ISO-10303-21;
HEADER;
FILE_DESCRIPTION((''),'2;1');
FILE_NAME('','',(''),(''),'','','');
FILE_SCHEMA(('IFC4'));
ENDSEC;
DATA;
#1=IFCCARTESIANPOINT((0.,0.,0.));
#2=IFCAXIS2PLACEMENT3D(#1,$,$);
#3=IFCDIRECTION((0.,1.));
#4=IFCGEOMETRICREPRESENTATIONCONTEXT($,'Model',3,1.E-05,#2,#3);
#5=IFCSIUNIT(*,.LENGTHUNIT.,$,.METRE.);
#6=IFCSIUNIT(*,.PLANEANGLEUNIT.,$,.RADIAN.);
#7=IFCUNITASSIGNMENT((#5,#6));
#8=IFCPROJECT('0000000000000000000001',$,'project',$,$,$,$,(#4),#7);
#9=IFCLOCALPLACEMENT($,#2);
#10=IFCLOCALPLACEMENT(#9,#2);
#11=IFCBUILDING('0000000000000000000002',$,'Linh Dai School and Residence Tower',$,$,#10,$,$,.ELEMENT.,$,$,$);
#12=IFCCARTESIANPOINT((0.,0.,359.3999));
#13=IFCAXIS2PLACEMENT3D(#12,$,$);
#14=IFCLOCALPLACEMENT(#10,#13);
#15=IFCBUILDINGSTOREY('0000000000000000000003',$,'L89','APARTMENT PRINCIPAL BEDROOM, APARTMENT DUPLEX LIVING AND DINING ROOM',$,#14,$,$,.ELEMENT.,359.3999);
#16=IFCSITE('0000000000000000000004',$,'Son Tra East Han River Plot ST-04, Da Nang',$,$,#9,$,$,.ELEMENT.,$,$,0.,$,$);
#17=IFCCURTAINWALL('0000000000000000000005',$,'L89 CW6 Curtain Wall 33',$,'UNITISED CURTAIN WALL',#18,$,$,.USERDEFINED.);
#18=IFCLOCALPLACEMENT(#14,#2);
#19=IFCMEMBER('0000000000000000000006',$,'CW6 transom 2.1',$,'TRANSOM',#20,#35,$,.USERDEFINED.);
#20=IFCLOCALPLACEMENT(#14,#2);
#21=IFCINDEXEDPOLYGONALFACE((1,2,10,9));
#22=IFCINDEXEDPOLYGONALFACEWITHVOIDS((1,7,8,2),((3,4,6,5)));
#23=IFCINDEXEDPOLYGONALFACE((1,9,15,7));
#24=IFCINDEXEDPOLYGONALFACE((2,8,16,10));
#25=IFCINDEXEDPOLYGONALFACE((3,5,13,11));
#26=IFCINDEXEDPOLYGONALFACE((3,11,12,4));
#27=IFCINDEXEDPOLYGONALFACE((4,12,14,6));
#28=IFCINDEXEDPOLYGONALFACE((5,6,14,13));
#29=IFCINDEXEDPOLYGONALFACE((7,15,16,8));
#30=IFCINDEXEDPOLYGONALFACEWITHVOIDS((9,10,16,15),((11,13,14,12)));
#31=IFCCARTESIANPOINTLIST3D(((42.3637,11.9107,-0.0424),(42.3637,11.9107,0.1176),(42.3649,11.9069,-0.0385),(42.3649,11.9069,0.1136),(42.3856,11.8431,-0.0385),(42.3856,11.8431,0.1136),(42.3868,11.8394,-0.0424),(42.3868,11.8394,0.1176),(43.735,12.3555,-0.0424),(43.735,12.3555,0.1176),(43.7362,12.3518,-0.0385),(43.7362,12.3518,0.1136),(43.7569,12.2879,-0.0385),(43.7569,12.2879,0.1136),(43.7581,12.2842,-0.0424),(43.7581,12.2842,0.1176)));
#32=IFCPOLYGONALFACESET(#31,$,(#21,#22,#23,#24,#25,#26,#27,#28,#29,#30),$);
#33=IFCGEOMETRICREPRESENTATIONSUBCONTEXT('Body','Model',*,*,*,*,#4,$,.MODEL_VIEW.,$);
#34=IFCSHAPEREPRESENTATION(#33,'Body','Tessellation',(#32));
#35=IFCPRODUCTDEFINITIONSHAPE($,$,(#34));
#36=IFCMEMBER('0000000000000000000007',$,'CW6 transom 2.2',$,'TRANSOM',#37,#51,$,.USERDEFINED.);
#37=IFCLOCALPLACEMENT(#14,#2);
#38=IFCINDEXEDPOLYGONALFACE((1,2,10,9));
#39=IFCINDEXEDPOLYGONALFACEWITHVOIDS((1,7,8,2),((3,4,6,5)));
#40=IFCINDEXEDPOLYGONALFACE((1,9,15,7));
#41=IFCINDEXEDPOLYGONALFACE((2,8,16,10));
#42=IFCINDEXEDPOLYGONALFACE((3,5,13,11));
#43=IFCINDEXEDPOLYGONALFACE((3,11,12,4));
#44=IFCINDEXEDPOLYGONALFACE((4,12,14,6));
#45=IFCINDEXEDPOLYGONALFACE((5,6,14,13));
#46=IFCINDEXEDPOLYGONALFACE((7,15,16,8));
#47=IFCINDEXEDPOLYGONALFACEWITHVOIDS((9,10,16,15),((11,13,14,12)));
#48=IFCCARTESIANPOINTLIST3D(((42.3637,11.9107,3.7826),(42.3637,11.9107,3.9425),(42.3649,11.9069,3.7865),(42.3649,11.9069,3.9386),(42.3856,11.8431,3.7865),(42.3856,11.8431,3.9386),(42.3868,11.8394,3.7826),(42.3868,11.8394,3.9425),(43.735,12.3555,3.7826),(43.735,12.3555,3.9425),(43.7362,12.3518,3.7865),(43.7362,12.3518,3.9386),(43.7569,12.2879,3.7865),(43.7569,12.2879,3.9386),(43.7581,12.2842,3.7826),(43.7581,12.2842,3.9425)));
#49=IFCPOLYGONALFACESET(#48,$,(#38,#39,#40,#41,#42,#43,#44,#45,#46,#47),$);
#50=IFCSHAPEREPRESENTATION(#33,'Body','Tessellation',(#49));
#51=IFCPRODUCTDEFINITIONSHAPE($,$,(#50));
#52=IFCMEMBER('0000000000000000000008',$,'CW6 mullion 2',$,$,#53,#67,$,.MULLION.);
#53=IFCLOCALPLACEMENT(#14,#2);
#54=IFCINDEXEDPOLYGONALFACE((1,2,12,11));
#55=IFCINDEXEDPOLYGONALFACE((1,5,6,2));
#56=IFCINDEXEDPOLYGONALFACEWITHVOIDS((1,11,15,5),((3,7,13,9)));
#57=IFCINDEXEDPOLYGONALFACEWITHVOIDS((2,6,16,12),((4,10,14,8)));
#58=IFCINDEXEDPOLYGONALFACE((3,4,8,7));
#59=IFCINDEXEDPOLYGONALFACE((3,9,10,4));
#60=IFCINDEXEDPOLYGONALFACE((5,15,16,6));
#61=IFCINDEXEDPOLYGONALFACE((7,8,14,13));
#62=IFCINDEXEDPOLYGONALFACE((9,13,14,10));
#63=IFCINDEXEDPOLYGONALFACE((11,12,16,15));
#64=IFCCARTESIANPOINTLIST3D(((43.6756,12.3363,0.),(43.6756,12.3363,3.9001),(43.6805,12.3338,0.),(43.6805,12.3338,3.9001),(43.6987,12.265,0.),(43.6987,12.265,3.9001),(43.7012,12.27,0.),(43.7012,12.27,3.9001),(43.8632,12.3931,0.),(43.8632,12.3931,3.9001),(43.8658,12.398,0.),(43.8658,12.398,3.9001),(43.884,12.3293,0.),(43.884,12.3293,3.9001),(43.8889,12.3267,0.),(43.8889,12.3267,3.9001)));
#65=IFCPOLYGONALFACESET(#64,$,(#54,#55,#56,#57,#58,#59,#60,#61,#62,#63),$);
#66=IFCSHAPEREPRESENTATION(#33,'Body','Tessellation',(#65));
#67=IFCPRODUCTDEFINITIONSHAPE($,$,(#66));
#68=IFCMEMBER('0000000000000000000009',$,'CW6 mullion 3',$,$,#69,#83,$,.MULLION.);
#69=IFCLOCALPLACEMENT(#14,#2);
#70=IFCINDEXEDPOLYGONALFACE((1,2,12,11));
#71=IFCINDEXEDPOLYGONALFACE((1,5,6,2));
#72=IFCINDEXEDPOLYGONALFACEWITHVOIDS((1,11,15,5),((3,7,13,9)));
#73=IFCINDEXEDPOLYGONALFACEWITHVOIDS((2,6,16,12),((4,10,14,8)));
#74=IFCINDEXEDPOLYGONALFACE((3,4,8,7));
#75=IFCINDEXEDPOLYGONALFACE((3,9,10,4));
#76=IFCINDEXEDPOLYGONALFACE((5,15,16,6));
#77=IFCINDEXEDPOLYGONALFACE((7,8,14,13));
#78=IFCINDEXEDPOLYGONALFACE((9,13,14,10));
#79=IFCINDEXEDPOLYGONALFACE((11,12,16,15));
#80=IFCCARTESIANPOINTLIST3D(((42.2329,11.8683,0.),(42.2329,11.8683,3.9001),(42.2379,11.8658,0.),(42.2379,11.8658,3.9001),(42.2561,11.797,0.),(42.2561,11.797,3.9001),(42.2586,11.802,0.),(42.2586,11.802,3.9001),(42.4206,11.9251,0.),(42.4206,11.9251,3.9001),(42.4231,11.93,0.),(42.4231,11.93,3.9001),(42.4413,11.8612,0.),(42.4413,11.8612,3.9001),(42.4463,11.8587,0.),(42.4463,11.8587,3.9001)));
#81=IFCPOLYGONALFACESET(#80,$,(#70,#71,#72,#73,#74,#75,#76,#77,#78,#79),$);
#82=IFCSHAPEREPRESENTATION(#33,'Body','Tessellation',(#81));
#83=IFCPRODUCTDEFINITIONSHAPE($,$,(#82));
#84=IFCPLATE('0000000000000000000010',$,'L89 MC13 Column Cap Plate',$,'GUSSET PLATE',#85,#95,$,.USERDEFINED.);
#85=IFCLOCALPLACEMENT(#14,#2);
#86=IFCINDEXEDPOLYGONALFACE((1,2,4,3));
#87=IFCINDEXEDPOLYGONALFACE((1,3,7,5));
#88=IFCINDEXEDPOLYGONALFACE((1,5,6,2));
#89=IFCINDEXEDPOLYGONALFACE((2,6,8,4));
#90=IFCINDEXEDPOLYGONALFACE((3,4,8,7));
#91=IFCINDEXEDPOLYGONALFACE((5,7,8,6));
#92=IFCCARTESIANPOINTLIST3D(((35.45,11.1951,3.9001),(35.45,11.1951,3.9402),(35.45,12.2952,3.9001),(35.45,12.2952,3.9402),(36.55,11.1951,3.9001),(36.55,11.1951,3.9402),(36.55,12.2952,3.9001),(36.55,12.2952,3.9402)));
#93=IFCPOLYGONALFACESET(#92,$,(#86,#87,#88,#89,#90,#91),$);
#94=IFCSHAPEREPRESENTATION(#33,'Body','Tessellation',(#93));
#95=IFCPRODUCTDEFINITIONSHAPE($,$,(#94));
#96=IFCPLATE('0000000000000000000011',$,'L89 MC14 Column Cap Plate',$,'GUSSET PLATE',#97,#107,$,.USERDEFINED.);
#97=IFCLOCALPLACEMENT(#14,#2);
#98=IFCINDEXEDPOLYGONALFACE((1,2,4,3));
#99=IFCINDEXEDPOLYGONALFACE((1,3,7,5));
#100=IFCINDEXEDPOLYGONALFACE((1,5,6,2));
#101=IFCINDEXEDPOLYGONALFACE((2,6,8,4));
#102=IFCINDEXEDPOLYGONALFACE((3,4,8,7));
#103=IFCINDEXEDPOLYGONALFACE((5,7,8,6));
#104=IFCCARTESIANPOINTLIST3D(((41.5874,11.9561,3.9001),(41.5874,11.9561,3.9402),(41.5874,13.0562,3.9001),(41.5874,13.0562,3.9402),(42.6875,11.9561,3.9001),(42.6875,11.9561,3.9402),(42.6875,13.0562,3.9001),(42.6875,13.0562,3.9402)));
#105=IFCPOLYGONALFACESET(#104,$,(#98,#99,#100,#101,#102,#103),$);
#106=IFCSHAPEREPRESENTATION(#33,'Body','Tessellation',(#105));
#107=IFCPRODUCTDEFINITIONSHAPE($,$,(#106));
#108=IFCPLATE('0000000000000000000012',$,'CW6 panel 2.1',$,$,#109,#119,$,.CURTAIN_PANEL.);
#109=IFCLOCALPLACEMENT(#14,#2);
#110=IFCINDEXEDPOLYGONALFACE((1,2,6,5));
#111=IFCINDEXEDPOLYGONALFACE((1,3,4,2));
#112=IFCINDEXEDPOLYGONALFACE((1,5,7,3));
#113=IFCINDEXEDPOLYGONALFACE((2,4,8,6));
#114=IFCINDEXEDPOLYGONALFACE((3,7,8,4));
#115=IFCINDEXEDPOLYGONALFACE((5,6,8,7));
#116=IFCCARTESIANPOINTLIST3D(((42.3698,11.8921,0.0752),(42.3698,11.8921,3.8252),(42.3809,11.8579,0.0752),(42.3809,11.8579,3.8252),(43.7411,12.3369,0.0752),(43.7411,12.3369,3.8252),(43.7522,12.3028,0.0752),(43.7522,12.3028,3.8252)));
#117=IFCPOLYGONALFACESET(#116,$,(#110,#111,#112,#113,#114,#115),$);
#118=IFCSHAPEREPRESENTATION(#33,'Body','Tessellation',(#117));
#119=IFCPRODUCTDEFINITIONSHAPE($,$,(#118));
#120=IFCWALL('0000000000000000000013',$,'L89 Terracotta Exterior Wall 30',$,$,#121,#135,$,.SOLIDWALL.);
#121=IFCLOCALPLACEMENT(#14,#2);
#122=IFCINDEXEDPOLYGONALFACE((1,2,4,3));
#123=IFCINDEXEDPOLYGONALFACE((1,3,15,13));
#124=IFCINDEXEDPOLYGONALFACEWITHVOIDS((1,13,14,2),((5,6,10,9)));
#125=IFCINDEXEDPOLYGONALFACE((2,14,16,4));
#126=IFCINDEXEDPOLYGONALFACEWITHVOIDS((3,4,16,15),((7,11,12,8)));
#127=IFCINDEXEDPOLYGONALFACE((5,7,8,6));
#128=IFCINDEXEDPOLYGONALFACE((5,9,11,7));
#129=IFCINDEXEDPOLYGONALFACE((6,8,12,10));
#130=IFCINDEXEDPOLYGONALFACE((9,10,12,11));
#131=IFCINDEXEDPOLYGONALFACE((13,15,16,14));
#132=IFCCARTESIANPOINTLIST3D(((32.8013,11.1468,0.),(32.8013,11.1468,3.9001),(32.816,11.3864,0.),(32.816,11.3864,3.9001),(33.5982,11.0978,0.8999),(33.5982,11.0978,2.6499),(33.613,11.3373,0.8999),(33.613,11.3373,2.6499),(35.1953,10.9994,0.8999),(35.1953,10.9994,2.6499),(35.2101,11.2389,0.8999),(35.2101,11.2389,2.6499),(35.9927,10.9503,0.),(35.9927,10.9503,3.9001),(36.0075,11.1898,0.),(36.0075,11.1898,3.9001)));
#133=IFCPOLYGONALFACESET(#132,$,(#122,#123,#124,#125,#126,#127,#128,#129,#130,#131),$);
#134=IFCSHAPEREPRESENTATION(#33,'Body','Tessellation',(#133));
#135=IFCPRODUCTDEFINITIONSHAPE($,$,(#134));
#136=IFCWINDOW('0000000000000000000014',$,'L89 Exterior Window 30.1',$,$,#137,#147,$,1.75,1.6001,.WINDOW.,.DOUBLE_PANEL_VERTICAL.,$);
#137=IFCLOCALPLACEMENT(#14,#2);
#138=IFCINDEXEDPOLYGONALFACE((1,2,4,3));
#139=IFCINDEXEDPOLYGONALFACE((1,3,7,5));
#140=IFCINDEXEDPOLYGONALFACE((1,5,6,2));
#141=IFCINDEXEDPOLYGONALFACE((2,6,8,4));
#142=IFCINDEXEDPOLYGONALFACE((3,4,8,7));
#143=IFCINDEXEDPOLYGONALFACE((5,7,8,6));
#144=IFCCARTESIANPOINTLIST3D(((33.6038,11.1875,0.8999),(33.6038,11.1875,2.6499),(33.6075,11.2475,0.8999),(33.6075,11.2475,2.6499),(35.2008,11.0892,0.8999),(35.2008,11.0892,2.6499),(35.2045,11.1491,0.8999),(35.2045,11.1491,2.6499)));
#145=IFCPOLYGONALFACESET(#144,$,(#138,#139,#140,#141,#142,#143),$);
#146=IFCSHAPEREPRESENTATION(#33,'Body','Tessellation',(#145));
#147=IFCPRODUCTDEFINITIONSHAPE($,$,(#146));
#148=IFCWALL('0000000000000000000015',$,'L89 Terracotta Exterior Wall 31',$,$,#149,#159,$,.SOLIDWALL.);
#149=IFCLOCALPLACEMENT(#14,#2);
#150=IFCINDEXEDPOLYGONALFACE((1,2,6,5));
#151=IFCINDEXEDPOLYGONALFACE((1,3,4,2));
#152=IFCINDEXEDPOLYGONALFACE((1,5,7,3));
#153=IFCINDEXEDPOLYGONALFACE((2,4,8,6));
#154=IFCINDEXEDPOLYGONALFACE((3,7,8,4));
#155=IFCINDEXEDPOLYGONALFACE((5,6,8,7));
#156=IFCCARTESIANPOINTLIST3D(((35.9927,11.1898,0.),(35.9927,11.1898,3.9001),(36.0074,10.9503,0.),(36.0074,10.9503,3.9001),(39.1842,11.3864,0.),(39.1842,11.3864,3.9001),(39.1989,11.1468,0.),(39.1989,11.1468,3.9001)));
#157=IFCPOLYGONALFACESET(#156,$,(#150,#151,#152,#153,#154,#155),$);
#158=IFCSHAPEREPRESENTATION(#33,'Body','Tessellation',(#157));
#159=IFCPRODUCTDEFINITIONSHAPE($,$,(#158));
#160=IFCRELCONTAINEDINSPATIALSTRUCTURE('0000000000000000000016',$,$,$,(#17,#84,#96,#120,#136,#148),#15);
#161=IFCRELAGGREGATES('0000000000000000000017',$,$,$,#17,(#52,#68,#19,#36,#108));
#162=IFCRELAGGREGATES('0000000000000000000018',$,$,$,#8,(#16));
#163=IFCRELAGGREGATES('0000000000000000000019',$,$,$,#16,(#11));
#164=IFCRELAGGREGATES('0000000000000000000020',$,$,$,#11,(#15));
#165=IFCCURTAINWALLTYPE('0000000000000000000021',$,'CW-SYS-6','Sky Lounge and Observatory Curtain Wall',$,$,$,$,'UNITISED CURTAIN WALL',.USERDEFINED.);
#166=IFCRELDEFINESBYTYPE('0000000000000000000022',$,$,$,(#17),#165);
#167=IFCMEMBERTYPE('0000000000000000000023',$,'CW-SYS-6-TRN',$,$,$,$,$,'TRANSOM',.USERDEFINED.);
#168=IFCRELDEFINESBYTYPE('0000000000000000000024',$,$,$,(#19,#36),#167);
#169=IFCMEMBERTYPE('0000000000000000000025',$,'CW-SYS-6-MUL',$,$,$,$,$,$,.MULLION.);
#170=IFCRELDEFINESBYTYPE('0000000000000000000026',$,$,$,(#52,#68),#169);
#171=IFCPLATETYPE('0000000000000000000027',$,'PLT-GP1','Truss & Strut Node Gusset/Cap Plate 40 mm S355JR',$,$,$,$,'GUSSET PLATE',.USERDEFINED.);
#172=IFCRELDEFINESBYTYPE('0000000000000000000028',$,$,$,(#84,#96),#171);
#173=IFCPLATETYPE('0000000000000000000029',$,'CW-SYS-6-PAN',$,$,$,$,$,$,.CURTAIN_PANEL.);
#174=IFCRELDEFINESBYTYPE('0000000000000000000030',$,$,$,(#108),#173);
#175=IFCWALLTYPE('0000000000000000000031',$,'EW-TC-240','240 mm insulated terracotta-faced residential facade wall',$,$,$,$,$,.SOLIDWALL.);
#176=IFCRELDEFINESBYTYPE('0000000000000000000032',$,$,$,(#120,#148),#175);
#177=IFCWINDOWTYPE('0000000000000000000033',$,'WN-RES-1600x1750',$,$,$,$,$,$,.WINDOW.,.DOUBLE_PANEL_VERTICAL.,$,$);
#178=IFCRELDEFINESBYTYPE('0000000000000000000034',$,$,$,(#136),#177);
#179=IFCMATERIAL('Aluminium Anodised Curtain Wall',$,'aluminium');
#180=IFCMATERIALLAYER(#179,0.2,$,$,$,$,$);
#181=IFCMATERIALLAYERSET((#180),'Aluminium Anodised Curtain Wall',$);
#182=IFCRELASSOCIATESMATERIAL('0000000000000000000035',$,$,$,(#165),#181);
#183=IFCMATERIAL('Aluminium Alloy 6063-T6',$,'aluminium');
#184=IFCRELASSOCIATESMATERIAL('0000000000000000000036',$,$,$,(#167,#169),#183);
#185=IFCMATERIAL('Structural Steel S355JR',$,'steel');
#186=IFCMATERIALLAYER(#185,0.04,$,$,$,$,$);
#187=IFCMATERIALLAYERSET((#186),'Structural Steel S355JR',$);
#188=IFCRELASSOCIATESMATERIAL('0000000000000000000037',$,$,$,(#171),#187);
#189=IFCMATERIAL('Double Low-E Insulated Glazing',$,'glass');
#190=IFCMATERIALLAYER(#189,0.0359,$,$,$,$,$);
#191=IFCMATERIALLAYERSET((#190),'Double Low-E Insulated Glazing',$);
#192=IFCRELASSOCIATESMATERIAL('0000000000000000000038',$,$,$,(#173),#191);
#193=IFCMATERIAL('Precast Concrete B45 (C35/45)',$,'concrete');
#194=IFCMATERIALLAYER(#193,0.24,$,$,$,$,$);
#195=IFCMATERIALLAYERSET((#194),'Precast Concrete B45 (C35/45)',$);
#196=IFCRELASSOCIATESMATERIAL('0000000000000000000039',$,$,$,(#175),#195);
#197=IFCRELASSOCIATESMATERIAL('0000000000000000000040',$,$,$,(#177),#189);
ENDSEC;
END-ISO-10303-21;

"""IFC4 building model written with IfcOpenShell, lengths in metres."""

from ifc_helpers import new_model, si_unit, direction, frame, frame_2d, origin, origin_2d, place, context, subcontext, project, spatial, rectangle, hollow_rectangle, extrude, source, transform, mapped, material, layer, layer_set, material_profile, profile_set, type_object, element, fill, aggregate, save


model = new_model("IFC4")

# Units and contexts
model_context = context("Model", 3, precision=1e-05, world=origin(), true_north=direction((0.0, 1.0)))
body_context = subcontext(model_context, "Body", "Model", "MODEL_VIEW")
ifc_project = project(units=[si_unit("LENGTHUNIT", "METRE"), si_unit("PLANEANGLEUNIT", "RADIAN")], contexts=[model_context])

# Site, building, storey
site_placement = place(None, origin())
site = spatial("IfcSite", under=ifc_project, at=site_placement, Name="Son Tra East Han River Plot ST-04, Da Nang", CompositionType="ELEMENT", RefElevation=0.0)
building_placement = place(site_placement, origin())
building = spatial("IfcBuilding", under=site, at=building_placement, Name="Linh Dai School and Residence Tower", CompositionType="ELEMENT")
storey_placement = place(building_placement, frame((0.0, 0.0, 359.3999)))
storey = spatial("IfcBuildingStorey", under=building, at=storey_placement, Name="L89", Description="APARTMENT PRINCIPAL BEDROOM, APARTMENT DUPLEX LIVING AND DINING ROOM", CompositionType="ELEMENT", Elevation=359.3999)

# Shared definitions
ifc_material_1 = material(Name="Structural Steel S355JR", Category="steel")

# Curtain wall, members
ifc_material_2 = material(Name="Aluminium Anodised Curtain Wall", Category="aluminium")
ifc_layer_1 = layer(ifc_material_2, 0.2)
ifc_layer_set_1 = layer_set([ifc_layer_1], Name="Aluminium Anodised Curtain Wall")
curtain_wall_type = type_object("IfcCurtainWallType", Name="CW-SYS-6", Description="Sky Lounge and Observatory Curtain Wall", ElementType="UNITISED CURTAIN WALL", PredefinedType="USERDEFINED", material=ifc_layer_set_1)
curtain_wall_placement = place(storey_placement, origin())
curtain_wall = element("IfcCurtainWall", 1, at=curtain_wall_placement, inside=storey, type_object=curtain_wall_type, Name="L89 CW6 Curtain Wall 33", ObjectType="UNITISED CURTAIN WALL", PredefinedType="USERDEFINED")
ifc_material_3 = material(Name="Aluminium Alloy 6063-T6", Category="aluminium")
ifc_material_profile_1 = material_profile(ifc_material_3, hollow_rectangle(XDim=0.075, YDim=0.1599, WallThickness=0.0039, at=origin_2d()), Name="RHS 160x75x4")
ifc_profile_set_1 = profile_set([ifc_material_profile_1], Name="Aluminium Alloy 6063-T6")
member_type_1 = type_object("IfcMemberType", Name="CW-SYS-6-TRN", ElementType="TRANSOM", PredefinedType="USERDEFINED", material=ifc_profile_set_1)
shared_shape_1 = source(origin(), body_context, "Body", "SweptSolid", [
    extrude(hollow_rectangle(XDim=0.075, YDim=0.1599, WallThickness=0.0039, at=origin_2d()), origin(), (0.0, 0.0, 1.0), 1.4417),
])
member_1_placement = place(storey_placement, frame((43.7466, 12.3198, 0.0376), z_axis=(-0.951209, -0.308546, 0.0), x_axis=(0.308546, -0.951209, 0.0)))
member_1 = element("IfcMember", 2, at=member_1_placement, type_object=member_type_1, Name="CW6 transom 2.1", ObjectType="TRANSOM", PredefinedType="USERDEFINED", context=body_context, shape_type="MappedRepresentation", body=[
    mapped(shared_shape_1, transform((0.0, 0.0, 0.0), x_axis=(1.0, 0.0, 0.0), y_axis=(0.0, 1.0, 0.0), z_axis=(0.0, 0.0, 1.0), scale=1.0)),
])
member_2_placement = place(storey_placement, frame((43.7466, 12.3198, 3.8625), z_axis=(-0.951209, -0.308546, 0.0), x_axis=(0.308546, -0.951209, 0.0)))
member_2 = element("IfcMember", 3, at=member_2_placement, type_object=member_type_1, Name="CW6 transom 2.2", ObjectType="TRANSOM", PredefinedType="USERDEFINED", context=body_context, shape_type="MappedRepresentation", body=[
    mapped(shared_shape_1, transform((0.0, 0.0, 0.0), x_axis=(1.0, 0.0, 0.0), y_axis=(0.0, 1.0, 0.0), z_axis=(0.0, 0.0, 1.0), scale=1.0)),
])
ifc_material_profile_2 = material_profile(ifc_material_3, hollow_rectangle(XDim=0.075, YDim=0.2, WallThickness=0.0039, at=origin_2d()), Name="RHS 200x75x4")
ifc_profile_set_2 = profile_set([ifc_material_profile_2], Name="Aluminium Alloy 6063-T6")
member_type_2 = type_object("IfcMemberType", Name="CW-SYS-6-MUL", PredefinedType="MULLION", material=ifc_profile_set_2)
shared_shape_2 = source(origin(), body_context, "Body", "SweptSolid", [
    extrude(hollow_rectangle(XDim=0.075, YDim=0.2, WallThickness=0.0039, at=origin_2d()), origin(), (0.0, 0.0, 1.0), 3.9001),
])
member_3_placement = place(storey_placement, frame((43.7822, 12.3315, 0.0), z_axis=(0.0, 0.0, 1.0), x_axis=(0.308565, -0.951203, 0.0)))
member_3 = element("IfcMember", 4, at=member_3_placement, type_object=member_type_2, Name="CW6 mullion 2", PredefinedType="MULLION", context=body_context, shape_type="MappedRepresentation", body=[
    mapped(shared_shape_2, transform((0.0, 0.0, 0.0), x_axis=(1.0, 0.0, 0.0), y_axis=(0.0, 1.0, 0.0), z_axis=(0.0, 0.0, 1.0), scale=1.0)),
])
member_4_placement = place(storey_placement, frame((42.3396, 11.8635, 0.0), z_axis=(0.0, 0.0, 1.0), x_axis=(0.308565, -0.951203, 0.0)))
member_4 = element("IfcMember", 5, at=member_4_placement, type_object=member_type_2, Name="CW6 mullion 3", PredefinedType="MULLION", context=body_context, shape_type="MappedRepresentation", body=[
    mapped(shared_shape_2, transform((0.0, 0.0, 0.0), x_axis=(1.0, 0.0, 0.0), y_axis=(0.0, 1.0, 0.0), z_axis=(0.0, 0.0, 1.0), scale=1.0)),
])

# Plates
ifc_layer_2 = layer(ifc_material_1, 0.04)
ifc_layer_set_2 = layer_set([ifc_layer_2], Name="Structural Steel S355JR")
plate_type_1 = type_object("IfcPlateType", Name="PLT-GP1", Description="Truss & Strut Node Gusset/Cap Plate 40 mm S355JR", ElementType="GUSSET PLATE", PredefinedType="USERDEFINED", material=ifc_layer_set_2)
shared_shape_3 = source(origin(), body_context, "Body", "SweptSolid", [
    extrude(rectangle(XDim=1.1001, YDim=1.1001, at=origin_2d()), origin(), (0.0, 0.0, 1.0), 0.04),
])
for number, where, z_axis, x_axis, name in (
    (6, (36.0, 11.7451, 3.9001), (0.0, 0.0, 1.0), (1.0, 0.0, 0.0), "L89 MC13 Column Cap Plate"),
    (7, (42.1375, 12.5061, 3.9001), (0.0, 0.0, 1.0), (1.0, 0.0, 0.0), "L89 MC14 Column Cap Plate"),
):
    element("IfcPlate", number, at=place(storey_placement, frame(where, z_axis=z_axis, x_axis=x_axis)), inside=storey, type_object=plate_type_1, Name=name, ObjectType="GUSSET PLATE", PredefinedType="USERDEFINED", context=body_context, shape_type="MappedRepresentation", body=[
        mapped(shared_shape_3, transform((0.0, 0.0, 0.0), x_axis=(1.0, 0.0, 0.0), y_axis=(0.0, 1.0, 0.0), z_axis=(0.0, 0.0, 1.0), scale=1.0)),
    ])

# Plate
ifc_material_4 = material(Name="Double Low-E Insulated Glazing", Category="glass")
ifc_layer_3 = layer(ifc_material_4, 0.0359)
ifc_layer_set_3 = layer_set([ifc_layer_3], Name="Double Low-E Insulated Glazing")
plate_type_2 = type_object("IfcPlateType", Name="CW-SYS-6-PAN", PredefinedType="CURTAIN_PANEL", material=ifc_layer_set_3)
shared_shape_4 = source(origin(), body_context, "Body", "SweptSolid", [
    extrude(rectangle(XDim=1.4417, YDim=0.0359, at=origin_2d()), origin(), (0.0, 0.0, 1.0), 3.75),
])
plate_placement = place(storey_placement, frame((43.061, 12.0974, 0.0752), z_axis=(0.0, 0.0, 1.0), x_axis=(-0.951203, -0.308565, 0.0)))
plate = element("IfcPlate", 8, at=plate_placement, type_object=plate_type_2, Name="CW6 panel 2.1", PredefinedType="CURTAIN_PANEL", context=body_context, shape_type="MappedRepresentation", body=[
    mapped(shared_shape_4, transform((0.0, 0.0, 0.0), x_axis=(1.0, 0.0, 0.0), y_axis=(0.0, 1.0, 0.0), z_axis=(0.0, 0.0, 1.0), scale=1.0)),
])
aggregate(curtain_wall, [member_3, member_4, member_1, member_2, plate])

# Wall, opening, window
ifc_material_5 = material(Name="Precast Concrete B45 (C35/45)", Category="concrete")
ifc_layer_4 = layer(ifc_material_5, 0.24)
ifc_layer_set_4 = layer_set([ifc_layer_4], Name="Precast Concrete B45 (C35/45)")
wall_type_1 = type_object("IfcWallType", Name="EW-TC-240", Description="240 mm insulated terracotta-faced residential facade wall", PredefinedType="SOLIDWALL", material=ifc_layer_set_4)
wall_1_placement = place(storey_placement, frame((36.0, 11.0701, 0.0), z_axis=(0.0, 0.0, 1.0), x_axis=(-0.998109, 0.061466, 0.0)))
wall_1 = element("IfcWall", 9, at=wall_1_placement, inside=storey, type_object=wall_type_1, Name="L89 Terracotta Exterior Wall 30", PredefinedType="SOLIDWALL", context=body_context, shape_type="SweptSolid", body=[
    extrude(rectangle(XDim=3.1975, YDim=0.24, at=frame_2d((1.5986, 0.0))), origin(), (0.0, 0.0, 1.0), 3.9001),
])
opening_1_placement = place(wall_1_placement, frame((0.7988, 0.0, 0.8999)))
opening_1 = element("IfcOpeningElement", 10, at=opening_1_placement, cuts=wall_1, PredefinedType="OPENING", context=body_context, shape_type="SweptSolid", body=[
    extrude(rectangle(XDim=1.6001, YDim=1.75, at=origin_2d()), frame((0.8, 0.1299, 0.875), z_axis=(0.0, -1.0, 0.0), x_axis=(1.0, 0.0, 0.0)), (0.0, 0.0, 1.0), 0.26),
])
window_type = type_object("IfcWindowType", Name="WN-RES-1600x1750", PartitioningType="DOUBLE_PANEL_VERTICAL", PredefinedType="WINDOW", material=ifc_material_4)
shared_shape_5 = source(origin(), body_context, "Body", "SweptSolid", [
    extrude(rectangle(XDim=1.6001, YDim=1.75, at=origin_2d()), frame((0.8, 0.03, 0.875), z_axis=(0.0, -1.0, 0.0), x_axis=(1.0, 0.0, 0.0)), (0.0, 0.0, 1.0), 0.0601),
])
window_1_placement = place(opening_1_placement, origin())
window_1 = element("IfcWindow", 11, at=window_1_placement, inside=storey, type_object=window_type, Name="L89 Exterior Window 30.1", OverallHeight=1.75, OverallWidth=1.6001, PartitioningType="DOUBLE_PANEL_VERTICAL", PredefinedType="WINDOW", context=body_context, shape_type="MappedRepresentation", body=[
    mapped(shared_shape_5, transform((0.0, 0.0, 0.0), x_axis=(1.0, 0.0, 0.0), y_axis=(0.0, 1.0, 0.0), z_axis=(0.0, 0.0, 1.0), scale=1.0)),
])
fill(opening_1, window_1)

# Wall
wall_2_placement = place(storey_placement, frame((39.1914, 11.2666, 0.0), z_axis=(0.0, 0.0, 1.0), x_axis=(-0.998109, -0.061466, 0.0)))
element("IfcWall", 12, at=wall_2_placement, inside=storey, type_object=wall_type_1, Name="L89 Terracotta Exterior Wall 31", PredefinedType="SOLIDWALL", context=body_context, shape_type="SweptSolid", body=[
    extrude(rectangle(XDim=3.1975, YDim=0.24, at=frame_2d((1.5986, 0.0))), origin(), (0.0, 0.0, 1.0), 3.9001),
])

save(model, "model.ifc")
